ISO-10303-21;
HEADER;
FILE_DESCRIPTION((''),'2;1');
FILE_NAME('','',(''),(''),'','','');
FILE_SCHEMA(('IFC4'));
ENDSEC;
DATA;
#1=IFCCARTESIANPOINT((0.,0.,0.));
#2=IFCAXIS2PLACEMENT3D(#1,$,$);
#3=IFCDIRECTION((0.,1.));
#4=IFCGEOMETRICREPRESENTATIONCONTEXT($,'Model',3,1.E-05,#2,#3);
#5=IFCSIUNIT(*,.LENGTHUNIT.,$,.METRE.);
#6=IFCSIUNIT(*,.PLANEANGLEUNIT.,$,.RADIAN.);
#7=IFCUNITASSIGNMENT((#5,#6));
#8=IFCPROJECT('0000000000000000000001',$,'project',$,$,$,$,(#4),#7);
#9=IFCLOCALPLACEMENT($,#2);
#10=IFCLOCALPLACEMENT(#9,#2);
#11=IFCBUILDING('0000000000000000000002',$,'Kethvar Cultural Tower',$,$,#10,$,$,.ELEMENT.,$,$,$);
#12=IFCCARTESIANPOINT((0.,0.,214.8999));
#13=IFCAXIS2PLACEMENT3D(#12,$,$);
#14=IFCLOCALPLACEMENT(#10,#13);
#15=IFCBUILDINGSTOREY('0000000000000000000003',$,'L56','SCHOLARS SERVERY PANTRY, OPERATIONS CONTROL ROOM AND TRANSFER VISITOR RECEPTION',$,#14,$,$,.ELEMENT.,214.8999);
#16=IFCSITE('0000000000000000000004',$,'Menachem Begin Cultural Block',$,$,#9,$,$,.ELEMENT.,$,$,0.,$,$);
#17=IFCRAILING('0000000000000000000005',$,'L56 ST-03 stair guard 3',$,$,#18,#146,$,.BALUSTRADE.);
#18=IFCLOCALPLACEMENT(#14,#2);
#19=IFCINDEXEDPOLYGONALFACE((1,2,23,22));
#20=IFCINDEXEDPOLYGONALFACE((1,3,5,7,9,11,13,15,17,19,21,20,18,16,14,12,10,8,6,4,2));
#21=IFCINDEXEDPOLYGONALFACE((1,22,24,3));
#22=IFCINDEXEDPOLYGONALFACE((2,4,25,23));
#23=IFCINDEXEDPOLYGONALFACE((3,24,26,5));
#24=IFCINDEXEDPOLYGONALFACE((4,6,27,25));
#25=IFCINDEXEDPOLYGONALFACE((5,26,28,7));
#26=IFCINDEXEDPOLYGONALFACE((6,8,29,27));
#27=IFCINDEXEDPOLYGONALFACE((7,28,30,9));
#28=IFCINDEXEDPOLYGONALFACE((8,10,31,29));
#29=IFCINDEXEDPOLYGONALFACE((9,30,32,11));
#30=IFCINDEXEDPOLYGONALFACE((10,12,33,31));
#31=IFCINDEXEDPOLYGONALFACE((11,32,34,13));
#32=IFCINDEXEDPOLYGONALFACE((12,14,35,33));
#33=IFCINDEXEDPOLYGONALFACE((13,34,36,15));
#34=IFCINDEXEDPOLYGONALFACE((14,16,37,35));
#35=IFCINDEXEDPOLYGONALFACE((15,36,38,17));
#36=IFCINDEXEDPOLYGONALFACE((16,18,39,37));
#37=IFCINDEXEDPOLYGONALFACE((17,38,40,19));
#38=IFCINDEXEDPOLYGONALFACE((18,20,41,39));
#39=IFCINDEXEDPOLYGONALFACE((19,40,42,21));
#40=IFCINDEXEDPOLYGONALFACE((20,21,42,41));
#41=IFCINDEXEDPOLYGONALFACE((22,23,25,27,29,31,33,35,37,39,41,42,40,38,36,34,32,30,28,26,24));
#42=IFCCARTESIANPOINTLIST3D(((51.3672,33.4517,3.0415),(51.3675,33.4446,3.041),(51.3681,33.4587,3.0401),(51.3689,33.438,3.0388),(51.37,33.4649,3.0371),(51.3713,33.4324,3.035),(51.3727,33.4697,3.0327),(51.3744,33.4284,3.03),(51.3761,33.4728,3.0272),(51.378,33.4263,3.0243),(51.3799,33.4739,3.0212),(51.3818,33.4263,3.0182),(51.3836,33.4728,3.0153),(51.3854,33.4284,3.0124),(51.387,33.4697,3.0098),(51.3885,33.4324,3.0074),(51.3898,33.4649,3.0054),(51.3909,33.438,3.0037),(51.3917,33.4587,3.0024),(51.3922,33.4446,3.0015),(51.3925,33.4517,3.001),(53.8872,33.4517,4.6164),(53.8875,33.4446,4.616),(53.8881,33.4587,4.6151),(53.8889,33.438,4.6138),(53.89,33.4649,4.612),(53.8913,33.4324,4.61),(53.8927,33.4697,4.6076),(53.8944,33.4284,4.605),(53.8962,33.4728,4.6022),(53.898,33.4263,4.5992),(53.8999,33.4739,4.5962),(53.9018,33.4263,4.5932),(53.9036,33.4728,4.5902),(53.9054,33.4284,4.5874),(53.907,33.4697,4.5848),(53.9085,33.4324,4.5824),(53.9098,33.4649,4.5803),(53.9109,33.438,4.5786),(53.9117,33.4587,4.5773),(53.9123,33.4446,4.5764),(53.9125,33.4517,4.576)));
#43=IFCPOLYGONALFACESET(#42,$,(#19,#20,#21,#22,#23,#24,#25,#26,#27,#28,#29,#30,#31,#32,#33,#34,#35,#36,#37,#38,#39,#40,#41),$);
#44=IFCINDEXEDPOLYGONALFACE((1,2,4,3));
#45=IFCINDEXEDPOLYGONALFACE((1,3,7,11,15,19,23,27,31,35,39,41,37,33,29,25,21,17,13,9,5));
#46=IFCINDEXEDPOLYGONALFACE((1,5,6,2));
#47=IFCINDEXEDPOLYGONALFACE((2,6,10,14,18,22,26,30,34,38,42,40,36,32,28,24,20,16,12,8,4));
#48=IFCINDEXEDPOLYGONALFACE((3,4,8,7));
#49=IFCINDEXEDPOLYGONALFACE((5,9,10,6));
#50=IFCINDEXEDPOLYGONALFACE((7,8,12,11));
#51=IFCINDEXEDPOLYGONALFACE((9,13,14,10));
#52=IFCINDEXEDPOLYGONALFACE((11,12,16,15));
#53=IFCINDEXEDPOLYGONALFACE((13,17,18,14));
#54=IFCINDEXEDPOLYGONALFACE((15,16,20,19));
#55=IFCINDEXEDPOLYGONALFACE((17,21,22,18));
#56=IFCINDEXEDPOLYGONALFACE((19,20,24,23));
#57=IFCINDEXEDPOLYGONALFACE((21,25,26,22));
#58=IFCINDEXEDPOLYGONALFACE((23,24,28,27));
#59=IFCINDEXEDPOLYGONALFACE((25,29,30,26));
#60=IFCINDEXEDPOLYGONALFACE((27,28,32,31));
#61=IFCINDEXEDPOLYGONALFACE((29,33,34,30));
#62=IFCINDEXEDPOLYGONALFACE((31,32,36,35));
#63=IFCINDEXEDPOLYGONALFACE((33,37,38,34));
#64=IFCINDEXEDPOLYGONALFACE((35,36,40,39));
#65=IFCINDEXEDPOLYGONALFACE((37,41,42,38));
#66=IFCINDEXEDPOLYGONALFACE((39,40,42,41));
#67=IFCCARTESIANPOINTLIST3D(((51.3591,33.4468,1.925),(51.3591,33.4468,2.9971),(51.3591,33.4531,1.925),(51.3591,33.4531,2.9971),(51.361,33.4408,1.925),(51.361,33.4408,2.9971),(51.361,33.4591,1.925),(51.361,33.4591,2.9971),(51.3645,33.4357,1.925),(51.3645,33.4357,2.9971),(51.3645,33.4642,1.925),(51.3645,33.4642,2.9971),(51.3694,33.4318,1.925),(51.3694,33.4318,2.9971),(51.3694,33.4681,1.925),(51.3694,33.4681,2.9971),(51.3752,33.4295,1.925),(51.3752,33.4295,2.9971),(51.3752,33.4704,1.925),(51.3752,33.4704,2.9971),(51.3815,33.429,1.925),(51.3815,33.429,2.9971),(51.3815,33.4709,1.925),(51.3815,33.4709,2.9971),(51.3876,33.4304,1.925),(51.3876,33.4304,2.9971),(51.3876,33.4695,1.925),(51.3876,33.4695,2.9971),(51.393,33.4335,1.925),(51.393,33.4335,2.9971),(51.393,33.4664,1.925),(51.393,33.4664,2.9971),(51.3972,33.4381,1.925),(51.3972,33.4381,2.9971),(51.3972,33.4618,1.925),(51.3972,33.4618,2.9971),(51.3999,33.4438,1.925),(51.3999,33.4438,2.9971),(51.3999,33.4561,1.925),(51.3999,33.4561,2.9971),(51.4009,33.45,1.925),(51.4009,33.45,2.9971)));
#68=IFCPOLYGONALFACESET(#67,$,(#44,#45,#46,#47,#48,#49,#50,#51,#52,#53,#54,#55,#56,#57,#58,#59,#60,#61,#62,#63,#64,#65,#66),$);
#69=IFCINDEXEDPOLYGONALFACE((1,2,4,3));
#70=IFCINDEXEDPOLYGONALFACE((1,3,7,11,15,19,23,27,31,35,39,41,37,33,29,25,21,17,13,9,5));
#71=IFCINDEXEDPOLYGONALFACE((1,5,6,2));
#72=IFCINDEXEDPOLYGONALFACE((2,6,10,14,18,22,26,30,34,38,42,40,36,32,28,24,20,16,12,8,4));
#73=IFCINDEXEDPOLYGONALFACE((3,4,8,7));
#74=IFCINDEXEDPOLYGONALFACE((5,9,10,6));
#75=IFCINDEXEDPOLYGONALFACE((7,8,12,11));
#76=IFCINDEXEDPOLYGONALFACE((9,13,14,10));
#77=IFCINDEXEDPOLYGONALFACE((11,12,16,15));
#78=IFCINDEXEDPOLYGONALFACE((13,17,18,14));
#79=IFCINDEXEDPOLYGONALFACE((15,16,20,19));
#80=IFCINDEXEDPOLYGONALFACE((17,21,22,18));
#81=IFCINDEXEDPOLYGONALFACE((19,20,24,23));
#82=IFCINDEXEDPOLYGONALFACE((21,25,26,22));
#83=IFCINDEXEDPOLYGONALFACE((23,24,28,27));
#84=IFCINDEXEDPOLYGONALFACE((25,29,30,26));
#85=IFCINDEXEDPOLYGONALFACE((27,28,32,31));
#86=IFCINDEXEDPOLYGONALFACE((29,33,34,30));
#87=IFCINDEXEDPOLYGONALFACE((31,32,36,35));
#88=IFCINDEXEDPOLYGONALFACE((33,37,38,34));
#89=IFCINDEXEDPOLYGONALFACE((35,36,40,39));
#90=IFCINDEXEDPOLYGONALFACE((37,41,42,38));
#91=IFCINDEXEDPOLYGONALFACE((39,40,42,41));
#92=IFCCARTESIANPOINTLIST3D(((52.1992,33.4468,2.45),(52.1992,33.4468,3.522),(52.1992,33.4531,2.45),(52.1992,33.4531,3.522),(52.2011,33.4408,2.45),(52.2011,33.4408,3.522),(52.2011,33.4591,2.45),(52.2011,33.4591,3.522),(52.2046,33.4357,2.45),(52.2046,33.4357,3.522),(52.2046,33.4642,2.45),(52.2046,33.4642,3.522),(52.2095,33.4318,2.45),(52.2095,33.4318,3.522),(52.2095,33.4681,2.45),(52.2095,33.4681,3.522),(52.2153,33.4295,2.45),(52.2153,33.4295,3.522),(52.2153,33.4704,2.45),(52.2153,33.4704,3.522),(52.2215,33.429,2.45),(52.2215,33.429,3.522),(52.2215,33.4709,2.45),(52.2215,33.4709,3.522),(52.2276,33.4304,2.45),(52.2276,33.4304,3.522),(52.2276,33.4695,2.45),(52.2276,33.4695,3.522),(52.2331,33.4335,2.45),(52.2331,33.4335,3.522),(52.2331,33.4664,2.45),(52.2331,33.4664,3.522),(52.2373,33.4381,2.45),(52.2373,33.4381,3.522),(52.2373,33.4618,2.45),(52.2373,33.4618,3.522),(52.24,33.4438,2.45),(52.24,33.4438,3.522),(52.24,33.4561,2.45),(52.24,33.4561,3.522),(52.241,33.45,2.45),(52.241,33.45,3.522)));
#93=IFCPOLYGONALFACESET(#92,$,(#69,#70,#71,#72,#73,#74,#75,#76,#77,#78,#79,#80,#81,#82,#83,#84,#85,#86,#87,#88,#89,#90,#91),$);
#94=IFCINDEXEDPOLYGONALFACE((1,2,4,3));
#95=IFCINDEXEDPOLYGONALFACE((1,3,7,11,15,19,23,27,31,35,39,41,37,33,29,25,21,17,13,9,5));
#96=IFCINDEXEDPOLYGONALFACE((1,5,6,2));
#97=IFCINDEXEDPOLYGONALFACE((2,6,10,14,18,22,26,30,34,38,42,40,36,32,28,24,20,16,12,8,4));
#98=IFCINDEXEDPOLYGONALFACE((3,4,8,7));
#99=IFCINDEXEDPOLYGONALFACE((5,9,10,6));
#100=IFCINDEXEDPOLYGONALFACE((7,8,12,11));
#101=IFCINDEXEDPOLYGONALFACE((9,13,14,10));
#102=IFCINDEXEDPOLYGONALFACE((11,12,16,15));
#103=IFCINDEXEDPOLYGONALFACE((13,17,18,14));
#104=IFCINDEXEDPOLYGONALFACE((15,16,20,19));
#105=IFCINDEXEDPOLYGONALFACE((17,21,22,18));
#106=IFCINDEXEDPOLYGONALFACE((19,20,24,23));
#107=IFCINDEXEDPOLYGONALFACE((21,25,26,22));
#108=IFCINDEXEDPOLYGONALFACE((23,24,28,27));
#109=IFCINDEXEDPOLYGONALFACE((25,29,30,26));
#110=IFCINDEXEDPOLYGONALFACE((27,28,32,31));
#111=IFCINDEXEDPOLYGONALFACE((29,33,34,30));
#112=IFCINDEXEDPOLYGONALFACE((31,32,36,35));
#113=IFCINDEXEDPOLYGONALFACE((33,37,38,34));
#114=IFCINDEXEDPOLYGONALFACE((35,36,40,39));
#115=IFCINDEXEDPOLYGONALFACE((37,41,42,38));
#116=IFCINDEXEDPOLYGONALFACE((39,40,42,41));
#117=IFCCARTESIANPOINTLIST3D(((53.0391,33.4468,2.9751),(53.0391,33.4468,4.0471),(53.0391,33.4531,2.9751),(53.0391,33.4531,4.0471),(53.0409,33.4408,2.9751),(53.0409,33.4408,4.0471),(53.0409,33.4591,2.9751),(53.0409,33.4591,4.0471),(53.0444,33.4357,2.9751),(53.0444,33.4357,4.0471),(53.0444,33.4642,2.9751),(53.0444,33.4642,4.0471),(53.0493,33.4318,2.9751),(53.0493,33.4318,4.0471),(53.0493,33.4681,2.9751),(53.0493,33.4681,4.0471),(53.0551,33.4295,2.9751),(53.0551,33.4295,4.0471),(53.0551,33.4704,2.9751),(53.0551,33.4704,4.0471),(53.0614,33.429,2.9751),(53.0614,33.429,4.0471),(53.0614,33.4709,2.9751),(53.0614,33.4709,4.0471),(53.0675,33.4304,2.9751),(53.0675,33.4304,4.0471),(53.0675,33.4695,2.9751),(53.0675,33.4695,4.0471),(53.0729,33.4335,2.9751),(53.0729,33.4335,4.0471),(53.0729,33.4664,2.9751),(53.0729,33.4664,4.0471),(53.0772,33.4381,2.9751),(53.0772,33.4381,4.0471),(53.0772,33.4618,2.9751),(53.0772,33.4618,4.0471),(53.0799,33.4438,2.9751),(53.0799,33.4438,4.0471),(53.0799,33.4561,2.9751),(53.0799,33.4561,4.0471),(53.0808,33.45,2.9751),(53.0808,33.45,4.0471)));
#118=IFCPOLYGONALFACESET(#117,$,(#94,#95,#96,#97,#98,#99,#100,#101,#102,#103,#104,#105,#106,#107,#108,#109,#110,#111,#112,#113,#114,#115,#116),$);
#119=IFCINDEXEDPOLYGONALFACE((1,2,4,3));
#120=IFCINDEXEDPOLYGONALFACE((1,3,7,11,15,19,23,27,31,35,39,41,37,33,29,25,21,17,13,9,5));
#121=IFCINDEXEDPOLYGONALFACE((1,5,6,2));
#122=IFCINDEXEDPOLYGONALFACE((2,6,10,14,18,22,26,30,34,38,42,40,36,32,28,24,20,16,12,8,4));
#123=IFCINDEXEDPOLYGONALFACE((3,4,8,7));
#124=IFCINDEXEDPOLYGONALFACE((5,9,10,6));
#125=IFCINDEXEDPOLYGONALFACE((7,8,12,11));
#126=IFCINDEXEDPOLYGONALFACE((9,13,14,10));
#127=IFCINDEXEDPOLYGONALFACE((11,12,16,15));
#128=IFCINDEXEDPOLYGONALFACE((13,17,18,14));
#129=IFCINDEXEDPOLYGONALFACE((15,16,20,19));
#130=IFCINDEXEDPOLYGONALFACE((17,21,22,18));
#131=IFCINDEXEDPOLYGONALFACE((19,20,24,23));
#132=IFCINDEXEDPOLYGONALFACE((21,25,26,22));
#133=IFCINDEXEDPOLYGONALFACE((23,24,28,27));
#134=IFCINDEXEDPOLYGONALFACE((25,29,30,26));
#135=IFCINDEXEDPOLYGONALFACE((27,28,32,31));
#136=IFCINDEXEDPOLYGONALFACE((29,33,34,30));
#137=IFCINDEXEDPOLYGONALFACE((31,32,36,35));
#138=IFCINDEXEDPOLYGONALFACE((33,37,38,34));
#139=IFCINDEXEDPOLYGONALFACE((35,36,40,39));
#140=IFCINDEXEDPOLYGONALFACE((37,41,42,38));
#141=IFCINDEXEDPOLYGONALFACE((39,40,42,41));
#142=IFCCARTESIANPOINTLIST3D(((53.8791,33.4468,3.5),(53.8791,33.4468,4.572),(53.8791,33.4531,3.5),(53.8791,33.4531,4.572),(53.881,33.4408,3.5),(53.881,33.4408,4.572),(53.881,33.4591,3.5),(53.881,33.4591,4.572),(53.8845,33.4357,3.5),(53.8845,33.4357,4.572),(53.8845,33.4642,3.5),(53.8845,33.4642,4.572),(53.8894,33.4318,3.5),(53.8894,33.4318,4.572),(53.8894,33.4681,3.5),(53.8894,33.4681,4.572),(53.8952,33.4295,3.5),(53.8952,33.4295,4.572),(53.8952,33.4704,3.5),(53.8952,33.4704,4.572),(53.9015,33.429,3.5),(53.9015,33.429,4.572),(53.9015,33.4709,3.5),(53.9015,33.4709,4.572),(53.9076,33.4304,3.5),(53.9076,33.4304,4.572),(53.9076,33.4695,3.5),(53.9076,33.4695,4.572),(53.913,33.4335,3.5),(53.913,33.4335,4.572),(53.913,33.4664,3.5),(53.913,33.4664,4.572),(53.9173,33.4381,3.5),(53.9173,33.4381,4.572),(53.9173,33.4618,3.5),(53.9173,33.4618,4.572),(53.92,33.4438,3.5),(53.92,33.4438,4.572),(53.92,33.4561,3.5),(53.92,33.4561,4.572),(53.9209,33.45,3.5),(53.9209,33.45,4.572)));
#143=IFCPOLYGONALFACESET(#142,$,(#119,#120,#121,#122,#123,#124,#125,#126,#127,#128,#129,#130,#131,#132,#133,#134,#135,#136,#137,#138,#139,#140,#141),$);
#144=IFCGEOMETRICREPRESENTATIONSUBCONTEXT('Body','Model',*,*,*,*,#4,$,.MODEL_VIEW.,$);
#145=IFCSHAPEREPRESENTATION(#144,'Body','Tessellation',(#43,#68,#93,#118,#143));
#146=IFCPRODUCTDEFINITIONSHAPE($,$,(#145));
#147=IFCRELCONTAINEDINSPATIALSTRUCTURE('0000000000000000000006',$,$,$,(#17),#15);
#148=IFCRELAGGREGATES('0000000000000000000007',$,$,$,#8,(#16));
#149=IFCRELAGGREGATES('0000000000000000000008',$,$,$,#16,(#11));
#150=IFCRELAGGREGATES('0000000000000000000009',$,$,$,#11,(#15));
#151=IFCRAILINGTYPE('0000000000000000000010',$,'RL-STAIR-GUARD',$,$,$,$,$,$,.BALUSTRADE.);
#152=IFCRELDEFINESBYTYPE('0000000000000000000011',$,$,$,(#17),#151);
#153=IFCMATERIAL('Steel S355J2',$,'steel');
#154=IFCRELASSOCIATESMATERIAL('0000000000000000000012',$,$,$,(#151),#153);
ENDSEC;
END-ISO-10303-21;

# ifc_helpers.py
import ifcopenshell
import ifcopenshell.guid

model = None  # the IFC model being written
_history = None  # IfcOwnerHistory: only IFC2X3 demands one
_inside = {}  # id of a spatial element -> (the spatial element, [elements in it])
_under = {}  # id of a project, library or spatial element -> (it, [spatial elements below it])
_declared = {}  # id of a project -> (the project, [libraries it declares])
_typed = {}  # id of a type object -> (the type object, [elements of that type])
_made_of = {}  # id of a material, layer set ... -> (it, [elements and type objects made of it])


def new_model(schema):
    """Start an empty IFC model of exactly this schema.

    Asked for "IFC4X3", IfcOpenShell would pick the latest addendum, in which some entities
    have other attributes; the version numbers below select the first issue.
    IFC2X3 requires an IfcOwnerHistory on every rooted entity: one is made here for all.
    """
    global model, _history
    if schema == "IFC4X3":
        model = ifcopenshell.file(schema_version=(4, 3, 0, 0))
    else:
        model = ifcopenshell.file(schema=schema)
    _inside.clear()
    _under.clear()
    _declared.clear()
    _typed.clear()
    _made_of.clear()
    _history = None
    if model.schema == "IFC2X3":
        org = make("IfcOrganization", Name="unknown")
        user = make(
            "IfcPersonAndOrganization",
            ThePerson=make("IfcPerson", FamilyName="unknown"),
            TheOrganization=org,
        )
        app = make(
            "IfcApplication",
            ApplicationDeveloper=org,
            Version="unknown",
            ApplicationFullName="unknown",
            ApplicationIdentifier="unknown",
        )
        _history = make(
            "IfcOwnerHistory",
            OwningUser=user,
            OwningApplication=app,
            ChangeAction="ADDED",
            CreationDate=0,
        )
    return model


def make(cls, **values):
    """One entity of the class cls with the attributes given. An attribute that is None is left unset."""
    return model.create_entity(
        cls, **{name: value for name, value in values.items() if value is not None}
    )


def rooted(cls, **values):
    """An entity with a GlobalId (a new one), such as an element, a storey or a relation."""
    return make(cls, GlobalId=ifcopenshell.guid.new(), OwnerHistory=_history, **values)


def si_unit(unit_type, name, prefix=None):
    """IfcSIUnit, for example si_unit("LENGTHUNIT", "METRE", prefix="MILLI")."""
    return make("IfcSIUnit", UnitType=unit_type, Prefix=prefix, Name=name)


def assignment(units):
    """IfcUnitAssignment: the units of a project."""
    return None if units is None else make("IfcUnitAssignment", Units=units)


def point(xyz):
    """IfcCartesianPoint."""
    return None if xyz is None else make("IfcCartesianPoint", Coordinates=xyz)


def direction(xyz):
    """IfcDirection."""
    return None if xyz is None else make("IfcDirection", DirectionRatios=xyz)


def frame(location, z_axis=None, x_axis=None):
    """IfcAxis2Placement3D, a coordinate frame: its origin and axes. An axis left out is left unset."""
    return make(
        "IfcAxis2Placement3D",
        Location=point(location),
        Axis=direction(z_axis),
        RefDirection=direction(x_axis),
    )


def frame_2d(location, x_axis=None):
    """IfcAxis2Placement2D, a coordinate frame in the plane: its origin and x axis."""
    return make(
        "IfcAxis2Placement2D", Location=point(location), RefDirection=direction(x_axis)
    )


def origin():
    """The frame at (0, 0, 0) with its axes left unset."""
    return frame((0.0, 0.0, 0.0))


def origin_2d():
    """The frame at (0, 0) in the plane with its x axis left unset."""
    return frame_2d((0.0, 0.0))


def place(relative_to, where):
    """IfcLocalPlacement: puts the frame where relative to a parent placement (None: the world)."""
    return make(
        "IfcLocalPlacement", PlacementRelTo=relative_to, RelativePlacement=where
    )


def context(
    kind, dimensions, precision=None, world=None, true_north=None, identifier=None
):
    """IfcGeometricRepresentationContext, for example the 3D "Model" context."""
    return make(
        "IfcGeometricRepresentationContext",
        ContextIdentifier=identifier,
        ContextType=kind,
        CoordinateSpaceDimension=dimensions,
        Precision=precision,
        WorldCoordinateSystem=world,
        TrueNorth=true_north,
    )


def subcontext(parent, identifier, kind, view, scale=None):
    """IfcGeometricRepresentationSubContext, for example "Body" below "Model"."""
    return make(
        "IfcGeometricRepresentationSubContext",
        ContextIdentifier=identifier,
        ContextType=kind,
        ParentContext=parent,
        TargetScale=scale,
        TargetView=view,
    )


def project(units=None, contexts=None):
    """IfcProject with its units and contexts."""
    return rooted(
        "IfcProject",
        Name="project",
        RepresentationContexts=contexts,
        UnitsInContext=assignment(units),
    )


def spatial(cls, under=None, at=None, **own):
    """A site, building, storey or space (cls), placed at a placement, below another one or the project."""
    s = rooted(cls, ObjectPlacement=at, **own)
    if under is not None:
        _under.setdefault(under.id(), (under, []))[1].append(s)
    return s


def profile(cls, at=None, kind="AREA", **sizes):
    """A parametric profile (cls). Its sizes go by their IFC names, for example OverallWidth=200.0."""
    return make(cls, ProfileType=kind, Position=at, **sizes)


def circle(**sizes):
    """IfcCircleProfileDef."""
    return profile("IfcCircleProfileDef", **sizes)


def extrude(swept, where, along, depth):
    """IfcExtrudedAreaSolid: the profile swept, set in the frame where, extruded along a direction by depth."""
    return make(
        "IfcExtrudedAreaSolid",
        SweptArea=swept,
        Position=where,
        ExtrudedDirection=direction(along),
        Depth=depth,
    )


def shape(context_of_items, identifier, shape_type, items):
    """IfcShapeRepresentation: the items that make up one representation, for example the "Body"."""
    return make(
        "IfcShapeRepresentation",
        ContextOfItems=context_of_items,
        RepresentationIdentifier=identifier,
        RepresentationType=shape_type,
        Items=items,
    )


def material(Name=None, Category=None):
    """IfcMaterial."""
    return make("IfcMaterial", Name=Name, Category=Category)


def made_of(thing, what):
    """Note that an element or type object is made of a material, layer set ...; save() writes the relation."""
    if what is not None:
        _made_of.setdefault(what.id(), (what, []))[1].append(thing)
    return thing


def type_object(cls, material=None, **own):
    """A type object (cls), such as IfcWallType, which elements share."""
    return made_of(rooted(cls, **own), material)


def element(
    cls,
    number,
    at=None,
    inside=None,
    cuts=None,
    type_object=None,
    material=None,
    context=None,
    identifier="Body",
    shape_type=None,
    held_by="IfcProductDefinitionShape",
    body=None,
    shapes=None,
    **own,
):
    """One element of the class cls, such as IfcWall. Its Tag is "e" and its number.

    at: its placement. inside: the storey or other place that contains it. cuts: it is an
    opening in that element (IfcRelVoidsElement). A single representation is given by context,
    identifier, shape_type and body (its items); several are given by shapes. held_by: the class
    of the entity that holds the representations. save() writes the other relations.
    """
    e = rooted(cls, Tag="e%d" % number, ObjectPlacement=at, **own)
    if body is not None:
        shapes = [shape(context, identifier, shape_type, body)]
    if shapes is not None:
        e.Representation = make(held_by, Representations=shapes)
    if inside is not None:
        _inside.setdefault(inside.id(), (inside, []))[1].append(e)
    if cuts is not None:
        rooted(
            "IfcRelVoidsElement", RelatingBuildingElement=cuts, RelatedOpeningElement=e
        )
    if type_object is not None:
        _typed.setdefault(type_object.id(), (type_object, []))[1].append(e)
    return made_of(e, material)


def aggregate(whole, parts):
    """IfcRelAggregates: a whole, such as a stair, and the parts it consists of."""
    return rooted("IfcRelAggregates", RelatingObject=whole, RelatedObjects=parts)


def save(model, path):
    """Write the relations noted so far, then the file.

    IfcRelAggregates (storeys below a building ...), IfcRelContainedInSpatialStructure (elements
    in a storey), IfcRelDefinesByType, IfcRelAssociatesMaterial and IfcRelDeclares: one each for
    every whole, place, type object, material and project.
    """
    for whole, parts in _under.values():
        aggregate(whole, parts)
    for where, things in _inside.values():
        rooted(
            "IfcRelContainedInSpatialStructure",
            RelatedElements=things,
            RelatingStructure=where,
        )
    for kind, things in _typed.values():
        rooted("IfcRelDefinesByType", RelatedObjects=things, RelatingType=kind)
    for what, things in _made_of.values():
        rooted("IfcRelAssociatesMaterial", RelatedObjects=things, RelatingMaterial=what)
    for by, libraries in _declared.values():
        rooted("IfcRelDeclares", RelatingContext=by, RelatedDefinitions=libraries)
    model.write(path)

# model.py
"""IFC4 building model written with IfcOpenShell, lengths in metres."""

from ifc_helpers import new_model, si_unit, direction, frame, origin, origin_2d, place, context, subcontext, project, spatial, circle, extrude, material, type_object, element, save


model = new_model("IFC4")

# Units and contexts
model_context = context("Model", 3, precision=1e-05, world=origin(), true_north=direction((0.0, 1.0)))
body_context = subcontext(model_context, "Body", "Model", "MODEL_VIEW")
ifc_project = project(units=[si_unit("LENGTHUNIT", "METRE"), si_unit("PLANEANGLEUNIT", "RADIAN")], contexts=[model_context])

# Site, building, storey
site_placement = place(None, origin())
site = spatial("IfcSite", under=ifc_project, at=site_placement, Name="Menachem Begin Cultural Block", CompositionType="ELEMENT", RefElevation=0.0)
building_placement = place(site_placement, origin())
building = spatial("IfcBuilding", under=site, at=building_placement, Name="Kethvar Cultural Tower", CompositionType="ELEMENT")
storey_placement = place(building_placement, frame((0.0, 0.0, 214.8999)))
storey = spatial("IfcBuildingStorey", under=building, at=storey_placement, Name="L56", Description="SCHOLARS SERVERY PANTRY, OPERATIONS CONTROL ROOM AND TRANSFER VISITOR RECEPTION", CompositionType="ELEMENT", Elevation=214.8999)

# Shared definitions
ifc_material_1 = material(Name="Steel S355J2", Category="steel")

# Railing
railing_type_1 = type_object("IfcRailingType", Name="RL-STAIR-GUARD", PredefinedType="BALUSTRADE", material=ifc_material_1)
railing_1_placement = place(storey_placement, frame((51.3799, 33.45, 1.925)))
element("IfcRailing", 1, at=railing_1_placement, inside=storey, type_object=railing_type_1, Name="L56 ST-03 stair guard 3", PredefinedType="BALUSTRADE", context=body_context, shape_type="SweptSolid", body=[
    extrude(circle(Radius=0.0239, at=origin_2d()), frame((0.0, 0.0, 1.0962), z_axis=(0.848008, 0.0, 0.529984), x_axis=(0.0, 1.0, 0.0)), (0.0, 0.0, 1.0), 2.9717),
    extrude(circle(Radius=0.021, at=origin_2d()), origin(), (0.0, 0.0, 1.0), 1.072),
    extrude(circle(Radius=0.021, at=origin_2d()), frame((0.8401, 0.0, 0.5249)), (0.0, 0.0, 1.0), 1.072),
    extrude(circle(Radius=0.021, at=origin_2d()), frame((1.6799, 0.0, 1.05)), (0.0, 0.0, 1.0), 1.072),
    extrude(circle(Radius=0.021, at=origin_2d()), frame((2.52, 0.0, 1.575)), (0.0, 0.0, 1.0), 1.072),
])

save(model, "model.ifc")
